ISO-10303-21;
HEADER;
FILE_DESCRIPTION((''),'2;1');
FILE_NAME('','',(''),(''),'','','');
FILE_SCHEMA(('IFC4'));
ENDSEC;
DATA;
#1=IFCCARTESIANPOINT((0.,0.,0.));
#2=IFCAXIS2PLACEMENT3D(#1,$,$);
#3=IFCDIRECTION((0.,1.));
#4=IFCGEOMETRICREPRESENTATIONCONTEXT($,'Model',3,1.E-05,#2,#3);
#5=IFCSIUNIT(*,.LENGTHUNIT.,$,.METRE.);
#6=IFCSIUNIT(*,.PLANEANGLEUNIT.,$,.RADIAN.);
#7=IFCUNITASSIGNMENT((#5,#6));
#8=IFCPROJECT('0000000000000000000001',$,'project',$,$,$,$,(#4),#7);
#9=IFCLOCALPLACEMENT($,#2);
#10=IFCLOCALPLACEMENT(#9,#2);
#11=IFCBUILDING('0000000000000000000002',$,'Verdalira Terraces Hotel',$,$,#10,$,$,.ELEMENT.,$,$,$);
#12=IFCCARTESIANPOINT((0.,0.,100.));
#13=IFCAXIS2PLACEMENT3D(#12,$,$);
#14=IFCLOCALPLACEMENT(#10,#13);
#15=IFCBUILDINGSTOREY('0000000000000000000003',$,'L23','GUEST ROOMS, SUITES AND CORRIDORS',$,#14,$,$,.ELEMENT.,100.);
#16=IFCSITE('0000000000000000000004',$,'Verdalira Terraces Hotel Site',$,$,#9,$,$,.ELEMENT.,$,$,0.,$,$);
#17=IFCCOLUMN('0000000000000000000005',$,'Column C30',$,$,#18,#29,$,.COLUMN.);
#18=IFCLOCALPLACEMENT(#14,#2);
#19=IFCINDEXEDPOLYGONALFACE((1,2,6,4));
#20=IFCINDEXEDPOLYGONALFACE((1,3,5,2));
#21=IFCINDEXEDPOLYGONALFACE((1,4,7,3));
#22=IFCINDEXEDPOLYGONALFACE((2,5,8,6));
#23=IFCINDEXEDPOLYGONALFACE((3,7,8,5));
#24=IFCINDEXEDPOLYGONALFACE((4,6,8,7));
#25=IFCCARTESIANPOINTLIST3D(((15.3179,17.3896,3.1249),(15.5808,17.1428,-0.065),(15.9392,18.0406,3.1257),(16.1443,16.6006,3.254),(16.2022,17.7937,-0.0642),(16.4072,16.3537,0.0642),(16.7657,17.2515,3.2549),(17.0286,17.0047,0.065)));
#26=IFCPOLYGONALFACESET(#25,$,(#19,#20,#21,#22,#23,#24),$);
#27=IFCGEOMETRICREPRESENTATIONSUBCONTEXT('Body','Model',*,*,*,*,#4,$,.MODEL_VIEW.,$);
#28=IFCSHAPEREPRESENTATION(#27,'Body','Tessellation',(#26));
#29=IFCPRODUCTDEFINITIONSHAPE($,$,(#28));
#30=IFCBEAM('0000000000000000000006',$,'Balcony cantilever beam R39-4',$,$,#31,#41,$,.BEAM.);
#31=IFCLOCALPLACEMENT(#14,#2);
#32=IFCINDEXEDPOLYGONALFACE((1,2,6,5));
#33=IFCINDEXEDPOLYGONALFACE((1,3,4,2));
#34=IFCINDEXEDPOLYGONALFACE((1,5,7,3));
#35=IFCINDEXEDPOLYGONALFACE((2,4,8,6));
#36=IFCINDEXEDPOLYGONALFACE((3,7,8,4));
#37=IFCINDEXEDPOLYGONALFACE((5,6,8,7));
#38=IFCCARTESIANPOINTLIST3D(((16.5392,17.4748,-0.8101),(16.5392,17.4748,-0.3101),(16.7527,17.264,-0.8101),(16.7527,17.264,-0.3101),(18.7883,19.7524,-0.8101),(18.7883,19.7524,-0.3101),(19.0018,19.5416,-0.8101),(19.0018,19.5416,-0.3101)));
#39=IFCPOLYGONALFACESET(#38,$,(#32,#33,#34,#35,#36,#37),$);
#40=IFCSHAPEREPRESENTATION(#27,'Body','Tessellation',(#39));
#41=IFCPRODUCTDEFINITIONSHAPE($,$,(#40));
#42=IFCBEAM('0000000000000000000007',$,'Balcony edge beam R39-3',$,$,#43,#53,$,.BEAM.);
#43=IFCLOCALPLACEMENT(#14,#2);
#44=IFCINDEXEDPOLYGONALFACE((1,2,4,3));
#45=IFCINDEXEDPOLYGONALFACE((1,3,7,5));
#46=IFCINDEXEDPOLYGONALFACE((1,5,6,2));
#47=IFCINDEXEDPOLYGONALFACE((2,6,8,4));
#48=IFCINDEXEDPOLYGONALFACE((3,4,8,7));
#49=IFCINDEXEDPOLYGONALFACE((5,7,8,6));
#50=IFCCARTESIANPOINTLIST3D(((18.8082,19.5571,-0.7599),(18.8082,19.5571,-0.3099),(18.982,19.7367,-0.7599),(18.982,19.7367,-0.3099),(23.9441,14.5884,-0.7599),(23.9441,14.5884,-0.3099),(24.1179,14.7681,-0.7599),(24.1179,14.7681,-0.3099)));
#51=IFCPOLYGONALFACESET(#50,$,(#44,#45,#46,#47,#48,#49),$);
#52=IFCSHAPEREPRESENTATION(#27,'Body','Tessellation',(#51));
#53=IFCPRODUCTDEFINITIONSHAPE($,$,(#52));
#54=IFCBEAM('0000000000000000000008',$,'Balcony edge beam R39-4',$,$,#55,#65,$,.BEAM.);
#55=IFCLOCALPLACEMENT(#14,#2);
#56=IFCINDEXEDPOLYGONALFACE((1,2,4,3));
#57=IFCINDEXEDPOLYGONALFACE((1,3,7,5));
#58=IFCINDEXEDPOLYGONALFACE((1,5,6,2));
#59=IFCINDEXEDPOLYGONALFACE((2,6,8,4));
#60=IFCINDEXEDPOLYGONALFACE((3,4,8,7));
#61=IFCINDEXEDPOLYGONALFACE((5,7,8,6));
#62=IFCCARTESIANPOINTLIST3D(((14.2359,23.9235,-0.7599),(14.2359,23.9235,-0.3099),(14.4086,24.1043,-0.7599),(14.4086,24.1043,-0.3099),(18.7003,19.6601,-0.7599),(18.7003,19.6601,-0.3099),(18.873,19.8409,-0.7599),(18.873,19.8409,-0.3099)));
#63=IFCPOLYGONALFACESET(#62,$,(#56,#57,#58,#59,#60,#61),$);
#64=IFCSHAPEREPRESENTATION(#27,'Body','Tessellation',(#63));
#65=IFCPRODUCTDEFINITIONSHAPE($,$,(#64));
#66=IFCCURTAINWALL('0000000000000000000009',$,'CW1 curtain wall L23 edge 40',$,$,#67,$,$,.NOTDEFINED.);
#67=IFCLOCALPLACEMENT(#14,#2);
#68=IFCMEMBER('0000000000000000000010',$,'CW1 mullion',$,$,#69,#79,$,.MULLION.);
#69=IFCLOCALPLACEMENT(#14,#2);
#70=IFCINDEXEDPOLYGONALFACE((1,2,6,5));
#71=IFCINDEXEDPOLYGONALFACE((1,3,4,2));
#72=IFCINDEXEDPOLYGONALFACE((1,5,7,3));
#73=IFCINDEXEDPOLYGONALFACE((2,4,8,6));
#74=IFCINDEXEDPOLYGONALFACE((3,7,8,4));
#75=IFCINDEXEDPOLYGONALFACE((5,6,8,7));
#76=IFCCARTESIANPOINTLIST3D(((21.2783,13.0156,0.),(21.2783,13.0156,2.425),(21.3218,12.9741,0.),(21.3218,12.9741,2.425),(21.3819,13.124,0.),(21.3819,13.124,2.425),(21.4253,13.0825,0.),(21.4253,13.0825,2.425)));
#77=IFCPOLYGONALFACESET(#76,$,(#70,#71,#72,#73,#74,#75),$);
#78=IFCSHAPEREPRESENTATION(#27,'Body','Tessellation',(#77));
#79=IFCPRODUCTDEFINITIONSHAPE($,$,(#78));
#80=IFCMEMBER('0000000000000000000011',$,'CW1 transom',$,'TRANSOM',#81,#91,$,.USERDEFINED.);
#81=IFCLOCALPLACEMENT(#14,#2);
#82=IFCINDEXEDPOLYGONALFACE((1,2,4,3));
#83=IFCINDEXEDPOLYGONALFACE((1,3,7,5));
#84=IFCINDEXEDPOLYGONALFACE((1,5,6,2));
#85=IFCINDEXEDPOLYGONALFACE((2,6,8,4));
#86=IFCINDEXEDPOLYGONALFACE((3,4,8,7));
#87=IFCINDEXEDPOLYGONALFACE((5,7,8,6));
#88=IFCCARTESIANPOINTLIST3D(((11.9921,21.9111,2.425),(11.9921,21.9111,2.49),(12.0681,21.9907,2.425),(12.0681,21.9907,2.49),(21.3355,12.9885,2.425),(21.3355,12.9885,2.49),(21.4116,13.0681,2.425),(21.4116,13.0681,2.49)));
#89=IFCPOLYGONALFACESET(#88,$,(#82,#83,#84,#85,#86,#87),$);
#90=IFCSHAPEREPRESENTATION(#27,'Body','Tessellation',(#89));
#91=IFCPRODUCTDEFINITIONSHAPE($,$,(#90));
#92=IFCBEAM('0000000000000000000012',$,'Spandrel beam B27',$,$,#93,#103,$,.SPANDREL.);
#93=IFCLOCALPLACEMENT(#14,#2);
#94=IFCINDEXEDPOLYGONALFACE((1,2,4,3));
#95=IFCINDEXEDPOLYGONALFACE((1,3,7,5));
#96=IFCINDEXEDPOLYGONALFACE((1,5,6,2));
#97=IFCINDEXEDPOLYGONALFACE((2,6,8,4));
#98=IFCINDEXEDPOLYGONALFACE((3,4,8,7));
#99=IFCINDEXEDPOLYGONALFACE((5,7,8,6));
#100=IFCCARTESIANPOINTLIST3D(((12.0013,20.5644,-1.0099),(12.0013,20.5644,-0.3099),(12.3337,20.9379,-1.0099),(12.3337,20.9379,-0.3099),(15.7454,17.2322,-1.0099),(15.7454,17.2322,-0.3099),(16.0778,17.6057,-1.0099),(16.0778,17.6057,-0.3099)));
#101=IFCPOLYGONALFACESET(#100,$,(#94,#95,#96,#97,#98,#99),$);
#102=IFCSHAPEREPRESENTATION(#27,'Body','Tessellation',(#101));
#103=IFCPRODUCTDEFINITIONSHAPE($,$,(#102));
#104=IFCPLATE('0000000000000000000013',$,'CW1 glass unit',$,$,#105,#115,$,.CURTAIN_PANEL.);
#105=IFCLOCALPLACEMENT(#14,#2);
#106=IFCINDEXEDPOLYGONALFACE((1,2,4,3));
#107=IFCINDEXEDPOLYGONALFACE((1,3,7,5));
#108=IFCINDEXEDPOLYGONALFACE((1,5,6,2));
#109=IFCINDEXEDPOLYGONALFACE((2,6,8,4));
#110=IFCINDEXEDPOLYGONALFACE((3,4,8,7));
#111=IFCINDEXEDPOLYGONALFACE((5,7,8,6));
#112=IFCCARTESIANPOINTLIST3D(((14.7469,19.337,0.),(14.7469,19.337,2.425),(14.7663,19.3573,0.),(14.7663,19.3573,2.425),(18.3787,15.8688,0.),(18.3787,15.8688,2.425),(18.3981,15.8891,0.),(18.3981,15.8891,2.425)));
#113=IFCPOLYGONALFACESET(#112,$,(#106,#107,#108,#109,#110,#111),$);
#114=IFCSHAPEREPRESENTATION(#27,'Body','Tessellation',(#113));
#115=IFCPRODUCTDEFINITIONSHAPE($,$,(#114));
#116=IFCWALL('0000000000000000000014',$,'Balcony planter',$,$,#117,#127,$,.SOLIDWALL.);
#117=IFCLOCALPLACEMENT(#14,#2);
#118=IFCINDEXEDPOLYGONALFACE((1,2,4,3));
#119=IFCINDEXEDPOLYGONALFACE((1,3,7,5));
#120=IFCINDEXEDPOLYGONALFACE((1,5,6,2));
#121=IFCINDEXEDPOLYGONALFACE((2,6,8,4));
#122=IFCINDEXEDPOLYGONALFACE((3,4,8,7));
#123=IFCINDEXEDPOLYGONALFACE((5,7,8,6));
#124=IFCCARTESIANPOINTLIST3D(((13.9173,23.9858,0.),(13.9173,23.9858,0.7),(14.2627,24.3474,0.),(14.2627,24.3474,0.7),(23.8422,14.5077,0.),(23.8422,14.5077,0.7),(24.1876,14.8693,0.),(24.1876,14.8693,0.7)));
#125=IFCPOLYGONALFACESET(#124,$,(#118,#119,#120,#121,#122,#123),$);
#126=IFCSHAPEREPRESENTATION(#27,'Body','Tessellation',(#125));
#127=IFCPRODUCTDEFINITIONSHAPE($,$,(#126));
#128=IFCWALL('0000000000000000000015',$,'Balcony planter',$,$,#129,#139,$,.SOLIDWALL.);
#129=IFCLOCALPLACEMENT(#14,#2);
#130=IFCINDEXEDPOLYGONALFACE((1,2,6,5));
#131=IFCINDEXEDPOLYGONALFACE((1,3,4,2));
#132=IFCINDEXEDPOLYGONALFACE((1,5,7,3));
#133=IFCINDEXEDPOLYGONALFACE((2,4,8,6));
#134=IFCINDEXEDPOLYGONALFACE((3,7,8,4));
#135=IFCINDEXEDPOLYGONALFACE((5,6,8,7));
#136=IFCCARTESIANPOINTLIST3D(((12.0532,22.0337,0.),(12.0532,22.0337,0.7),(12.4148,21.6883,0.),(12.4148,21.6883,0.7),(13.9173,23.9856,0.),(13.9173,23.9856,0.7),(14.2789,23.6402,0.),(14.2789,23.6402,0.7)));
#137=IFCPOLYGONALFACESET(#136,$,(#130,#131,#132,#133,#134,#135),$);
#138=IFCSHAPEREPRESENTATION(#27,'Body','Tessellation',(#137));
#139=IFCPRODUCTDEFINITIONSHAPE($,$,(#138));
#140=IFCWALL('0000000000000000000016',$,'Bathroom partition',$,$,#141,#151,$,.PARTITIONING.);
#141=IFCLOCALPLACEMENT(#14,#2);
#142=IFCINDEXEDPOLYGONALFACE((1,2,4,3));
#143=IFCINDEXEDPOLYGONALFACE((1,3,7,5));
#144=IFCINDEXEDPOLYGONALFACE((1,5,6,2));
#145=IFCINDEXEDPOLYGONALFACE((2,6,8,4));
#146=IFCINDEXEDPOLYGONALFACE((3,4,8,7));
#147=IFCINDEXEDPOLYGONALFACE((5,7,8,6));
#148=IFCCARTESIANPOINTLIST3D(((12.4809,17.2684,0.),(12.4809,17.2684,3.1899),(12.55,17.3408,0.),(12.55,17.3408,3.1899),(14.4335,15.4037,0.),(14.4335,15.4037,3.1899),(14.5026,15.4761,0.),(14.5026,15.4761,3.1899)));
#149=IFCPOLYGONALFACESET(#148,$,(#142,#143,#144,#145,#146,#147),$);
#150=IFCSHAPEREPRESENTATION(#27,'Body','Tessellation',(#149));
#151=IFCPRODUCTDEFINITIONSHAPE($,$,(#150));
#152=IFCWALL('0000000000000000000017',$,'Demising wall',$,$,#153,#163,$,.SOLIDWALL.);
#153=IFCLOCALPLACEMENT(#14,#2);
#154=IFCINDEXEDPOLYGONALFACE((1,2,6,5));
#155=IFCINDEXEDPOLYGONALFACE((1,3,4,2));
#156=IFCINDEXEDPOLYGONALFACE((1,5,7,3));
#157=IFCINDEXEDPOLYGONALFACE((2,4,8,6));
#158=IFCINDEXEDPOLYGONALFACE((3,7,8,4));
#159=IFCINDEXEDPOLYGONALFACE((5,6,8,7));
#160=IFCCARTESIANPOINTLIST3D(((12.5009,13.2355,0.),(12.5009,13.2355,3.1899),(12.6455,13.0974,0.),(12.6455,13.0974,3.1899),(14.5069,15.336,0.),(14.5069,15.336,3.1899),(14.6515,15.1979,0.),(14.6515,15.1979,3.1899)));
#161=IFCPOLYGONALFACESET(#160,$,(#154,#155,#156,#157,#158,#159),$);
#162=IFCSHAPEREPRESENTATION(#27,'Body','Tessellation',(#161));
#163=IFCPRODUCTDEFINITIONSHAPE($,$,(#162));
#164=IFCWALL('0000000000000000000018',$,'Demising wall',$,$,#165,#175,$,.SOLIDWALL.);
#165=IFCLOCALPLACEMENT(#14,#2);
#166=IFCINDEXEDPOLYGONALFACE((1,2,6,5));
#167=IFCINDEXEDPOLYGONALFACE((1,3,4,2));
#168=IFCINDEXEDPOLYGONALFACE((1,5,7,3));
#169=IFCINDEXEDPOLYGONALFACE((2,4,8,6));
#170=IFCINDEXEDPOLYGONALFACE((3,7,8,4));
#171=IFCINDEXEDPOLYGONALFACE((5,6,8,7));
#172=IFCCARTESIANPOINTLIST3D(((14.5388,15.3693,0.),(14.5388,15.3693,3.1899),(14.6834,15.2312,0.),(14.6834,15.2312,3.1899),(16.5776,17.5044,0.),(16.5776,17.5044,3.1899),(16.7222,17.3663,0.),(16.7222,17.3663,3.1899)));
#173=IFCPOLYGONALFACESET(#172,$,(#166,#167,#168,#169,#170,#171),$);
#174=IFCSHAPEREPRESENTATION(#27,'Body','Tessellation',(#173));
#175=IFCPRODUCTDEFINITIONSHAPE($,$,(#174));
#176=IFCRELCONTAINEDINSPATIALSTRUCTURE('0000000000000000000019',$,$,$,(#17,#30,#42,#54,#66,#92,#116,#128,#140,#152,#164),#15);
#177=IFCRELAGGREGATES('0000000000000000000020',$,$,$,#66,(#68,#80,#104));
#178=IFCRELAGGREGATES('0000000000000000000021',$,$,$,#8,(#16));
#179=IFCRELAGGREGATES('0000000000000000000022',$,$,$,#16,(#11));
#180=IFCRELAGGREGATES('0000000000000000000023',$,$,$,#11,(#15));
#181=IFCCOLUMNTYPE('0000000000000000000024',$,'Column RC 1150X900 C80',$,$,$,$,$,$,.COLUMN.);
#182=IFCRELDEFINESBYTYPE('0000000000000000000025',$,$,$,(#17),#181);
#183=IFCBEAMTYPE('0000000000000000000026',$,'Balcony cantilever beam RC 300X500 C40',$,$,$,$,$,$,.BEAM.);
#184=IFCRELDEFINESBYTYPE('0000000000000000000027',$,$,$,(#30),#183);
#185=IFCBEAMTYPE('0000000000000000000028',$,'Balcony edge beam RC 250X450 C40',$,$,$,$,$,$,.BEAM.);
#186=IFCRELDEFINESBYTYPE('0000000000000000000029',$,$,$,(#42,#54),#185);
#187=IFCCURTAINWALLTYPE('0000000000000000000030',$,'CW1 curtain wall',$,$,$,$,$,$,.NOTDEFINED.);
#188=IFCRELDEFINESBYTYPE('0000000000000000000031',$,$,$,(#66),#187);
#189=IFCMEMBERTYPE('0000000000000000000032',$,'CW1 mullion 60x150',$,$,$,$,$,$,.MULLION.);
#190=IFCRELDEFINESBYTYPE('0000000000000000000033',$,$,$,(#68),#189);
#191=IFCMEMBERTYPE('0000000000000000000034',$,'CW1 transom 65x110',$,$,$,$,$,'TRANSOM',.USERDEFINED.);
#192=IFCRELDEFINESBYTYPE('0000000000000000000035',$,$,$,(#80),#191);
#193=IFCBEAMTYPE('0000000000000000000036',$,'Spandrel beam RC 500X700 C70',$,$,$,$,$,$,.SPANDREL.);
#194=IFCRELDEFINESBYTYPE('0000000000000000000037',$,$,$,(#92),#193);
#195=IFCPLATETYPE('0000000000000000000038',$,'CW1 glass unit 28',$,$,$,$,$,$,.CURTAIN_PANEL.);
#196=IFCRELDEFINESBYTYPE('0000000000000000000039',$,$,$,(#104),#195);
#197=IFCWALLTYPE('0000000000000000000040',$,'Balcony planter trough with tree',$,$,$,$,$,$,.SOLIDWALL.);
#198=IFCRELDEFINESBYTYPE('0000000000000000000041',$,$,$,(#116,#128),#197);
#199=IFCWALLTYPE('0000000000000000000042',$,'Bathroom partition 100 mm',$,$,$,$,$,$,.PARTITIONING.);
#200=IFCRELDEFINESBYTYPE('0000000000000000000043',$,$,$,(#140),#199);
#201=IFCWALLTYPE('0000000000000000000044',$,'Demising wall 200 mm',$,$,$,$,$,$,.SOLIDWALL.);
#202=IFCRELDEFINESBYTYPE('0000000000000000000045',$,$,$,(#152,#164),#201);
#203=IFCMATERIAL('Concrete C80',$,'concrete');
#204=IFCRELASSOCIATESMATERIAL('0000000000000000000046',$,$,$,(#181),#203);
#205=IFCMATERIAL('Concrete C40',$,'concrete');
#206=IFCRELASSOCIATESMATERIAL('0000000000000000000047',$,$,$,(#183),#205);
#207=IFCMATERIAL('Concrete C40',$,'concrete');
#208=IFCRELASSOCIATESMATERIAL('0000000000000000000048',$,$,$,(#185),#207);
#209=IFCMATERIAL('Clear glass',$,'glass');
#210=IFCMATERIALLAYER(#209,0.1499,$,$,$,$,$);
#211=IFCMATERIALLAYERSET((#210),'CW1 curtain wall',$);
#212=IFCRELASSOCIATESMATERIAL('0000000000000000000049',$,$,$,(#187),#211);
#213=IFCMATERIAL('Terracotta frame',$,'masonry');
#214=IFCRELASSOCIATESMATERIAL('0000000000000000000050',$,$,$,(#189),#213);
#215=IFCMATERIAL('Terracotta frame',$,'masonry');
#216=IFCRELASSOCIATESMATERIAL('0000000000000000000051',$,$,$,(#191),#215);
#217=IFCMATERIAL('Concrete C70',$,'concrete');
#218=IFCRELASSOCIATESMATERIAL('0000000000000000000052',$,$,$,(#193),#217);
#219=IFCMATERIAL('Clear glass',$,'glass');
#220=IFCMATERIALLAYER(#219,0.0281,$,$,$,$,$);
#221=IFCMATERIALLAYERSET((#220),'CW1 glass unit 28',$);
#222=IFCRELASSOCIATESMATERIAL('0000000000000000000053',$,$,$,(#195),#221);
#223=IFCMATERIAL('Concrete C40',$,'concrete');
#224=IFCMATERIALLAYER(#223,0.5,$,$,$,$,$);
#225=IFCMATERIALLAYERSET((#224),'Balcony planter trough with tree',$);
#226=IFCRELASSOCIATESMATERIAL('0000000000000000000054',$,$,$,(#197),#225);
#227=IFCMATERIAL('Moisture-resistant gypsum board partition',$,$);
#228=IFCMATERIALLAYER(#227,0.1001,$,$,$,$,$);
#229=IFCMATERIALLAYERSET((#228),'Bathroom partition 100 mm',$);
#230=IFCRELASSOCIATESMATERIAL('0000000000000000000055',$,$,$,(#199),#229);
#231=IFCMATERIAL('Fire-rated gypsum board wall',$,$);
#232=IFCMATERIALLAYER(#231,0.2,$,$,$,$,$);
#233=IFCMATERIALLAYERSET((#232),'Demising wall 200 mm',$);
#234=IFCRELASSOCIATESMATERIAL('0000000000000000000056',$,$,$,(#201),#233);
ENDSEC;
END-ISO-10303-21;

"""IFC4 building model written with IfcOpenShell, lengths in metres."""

from ifc_helpers import new_model, si_unit, direction, frame, frame_2d, origin, origin_2d, place, context, subcontext, project, spatial, rectangle, extrude, material, layer, layer_set, material_profile, profile_set, type_object, element, aggregate, save


model = new_model("IFC4")

# Units and contexts
model_context = context("Model", 3, precision=1e-05, world=origin(), true_north=direction((0.0, 1.0)))
body_context = subcontext(model_context, "Body", "Model", "MODEL_VIEW")
ifc_project = project(units=[si_unit("LENGTHUNIT", "METRE"), si_unit("PLANEANGLEUNIT", "RADIAN")], contexts=[model_context])

# Site, building, storey
site_placement = place(None, origin())
site = spatial("IfcSite", under=ifc_project, at=site_placement, Name="Verdalira Terraces Hotel Site", CompositionType="ELEMENT", RefElevation=0.0)
building_placement = place(site_placement, origin())
building = spatial("IfcBuilding", under=site, at=building_placement, Name="Verdalira Terraces Hotel", CompositionType="ELEMENT")
storey_placement = place(building_placement, frame((0.0, 0.0, 100.0)))
storey = spatial("IfcBuildingStorey", under=building, at=storey_placement, Name="L23", Description="GUEST ROOMS, SUITES AND CORRIDORS", CompositionType="ELEMENT", Elevation=100.0)

# Column
ifc_material_1 = material(Name="Concrete C80", Category="concrete")
ifc_material_profile_1 = material_profile(ifc_material_1, rectangle(XDim=1.1499, YDim=0.8999, at=origin_2d()), Name="RC 1150X900")
ifc_profile_set_1 = profile_set([ifc_material_profile_1], Name="Concrete C80")
column_type = type_object("IfcColumnType", Name="Column RC 1150X900 C80", PredefinedType="COLUMN", material=ifc_profile_set_1)
column_placement = place(storey_placement, frame((16.3047, 17.0737, 0.0), z_axis=(-0.081906, 0.076887, 0.99367), x_axis=(-0.718682, 0.686205, -0.112335)))
element("IfcColumn", 1, at=column_placement, inside=storey, type_object=column_type, Name="Column C30", PredefinedType="COLUMN", context=body_context, shape_type="SweptSolid", body=[
    extrude(rectangle(XDim=1.1499, YDim=0.8999, at=origin_2d()), origin(), (0.0, 0.0, 1.0), 3.2102),
])

# Beams
ifc_material_2 = material(Name="Concrete C40", Category="concrete")
ifc_material_profile_2 = material_profile(ifc_material_2, rectangle(XDim=0.3, YDim=0.5, at=origin_2d()), Name="RC 300X500")
ifc_profile_set_2 = profile_set([ifc_material_profile_2], Name="Concrete C40")
beam_type_1 = type_object("IfcBeamType", Name="Balcony cantilever beam RC 300X500 C40", PredefinedType="BEAM", material=ifc_profile_set_2)
beam_1_placement = place(storey_placement, frame((16.646, 17.3694, -0.5601), z_axis=(0.702631, 0.711555, 0.0), x_axis=(-0.711555, 0.702631, 0.0)))
element("IfcBeam", 2, at=beam_1_placement, inside=storey, type_object=beam_type_1, Name="Balcony cantilever beam R39-4", PredefinedType="BEAM", context=body_context, shape_type="SweptSolid", body=[
    extrude(rectangle(XDim=0.3, YDim=0.5, at=origin_2d()), origin(), (0.0, 0.0, 1.0), 3.2009),
])
ifc_material_3 = material(Name="Concrete C40", Category="concrete")
ifc_material_profile_3 = material_profile(ifc_material_3, rectangle(XDim=0.25, YDim=0.45, at=origin_2d()), Name="RC 250X450")
ifc_profile_set_3 = profile_set([ifc_material_profile_3], Name="Concrete C40")
beam_type_2 = type_object("IfcBeamType", Name="Balcony edge beam RC 250X450 C40", PredefinedType="BEAM", material=ifc_profile_set_3)
beam_2_placement = place(storey_placement, frame((24.031, 14.6782, -0.5349), z_axis=(-0.718711, 0.695309, 0.0), x_axis=(-0.695309, -0.718711, 0.0)))
element("IfcBeam", 3, at=beam_2_placement, inside=storey, type_object=beam_type_2, Name="Balcony edge beam R39-3", PredefinedType="BEAM", context=body_context, shape_type="SweptSolid", body=[
    extrude(rectangle(XDim=0.25, YDim=0.45, at=origin_2d()), origin(), (0.0, 0.0, 1.0), 7.146),
])
beam_3_placement = place(storey_placement, frame((18.7866, 19.7505, -0.5349), z_axis=(-0.723194, 0.690645, 0.0), x_axis=(-0.690645, -0.723194, 0.0)))
element("IfcBeam", 4, at=beam_3_placement, inside=storey, type_object=beam_type_2, Name="Balcony edge beam R39-4", PredefinedType="BEAM", context=body_context, shape_type="SweptSolid", body=[
    extrude(rectangle(XDim=0.25, YDim=0.45, at=origin_2d()), origin(), (0.0, 0.0, 1.0), 6.1731),
])

# Curtain wall, members
ifc_material_4 = material(Name="Clear glass", Category="glass")
ifc_layer_1 = layer(ifc_material_4, 0.1499)
ifc_layer_set_1 = layer_set([ifc_layer_1], Name="CW1 curtain wall")
curtain_wall_type = type_object("IfcCurtainWallType", Name="CW1 curtain wall", PredefinedType="NOTDEFINED", material=ifc_layer_set_1)
curtain_wall_placement = place(storey_placement, origin())
curtain_wall = element("IfcCurtainWall", 5, at=curtain_wall_placement, inside=storey, type_object=curtain_wall_type, Name="CW1 curtain wall L23 edge 40", PredefinedType="NOTDEFINED")
ifc_material_5 = material(Name="Terracotta frame", Category="masonry")
ifc_material_profile_4 = material_profile(ifc_material_5, rectangle(XDim=0.0601, YDim=0.1499, at=origin_2d()), Name="MU 60x150")
ifc_profile_set_4 = profile_set([ifc_material_profile_4], Name="Terracotta frame")
member_type_1 = type_object("IfcMemberType", Name="CW1 mullion 60x150", PredefinedType="MULLION", material=ifc_profile_set_4)
member_1_placement = place(storey_placement, frame((21.3518, 13.0491, 0.0), z_axis=(0.0, 0.0, 1.0), x_axis=(-0.723208, 0.69063, 0.0)))
member_1 = element("IfcMember", 6, at=member_1_placement, type_object=member_type_1, Name="CW1 mullion", PredefinedType="MULLION", context=body_context, shape_type="SweptSolid", body=[
    extrude(rectangle(XDim=0.0601, YDim=0.1499, at=origin_2d()), origin(), (0.0, 0.0, 1.0), 2.425),
])
ifc_material_6 = material(Name="Terracotta frame", Category="masonry")
ifc_material_profile_5 = material_profile(ifc_material_6, rectangle(XDim=0.1101, YDim=0.0649, at=origin_2d()), Name="TR 65x110")
ifc_profile_set_5 = profile_set([ifc_material_profile_5], Name="Terracotta frame")
member_type_2 = type_object("IfcMemberType", Name="CW1 transom 65x110", ElementType="TRANSOM", PredefinedType="USERDEFINED", material=ifc_profile_set_5)
member_2_placement = place(storey_placement, frame((21.3735, 13.0283, 2.4575), z_axis=(-0.723208, 0.69063, 0.0), x_axis=(-0.69063, -0.723208, 0.0)))
member_2 = element("IfcMember", 7, at=member_2_placement, type_object=member_type_2, Name="CW1 transom", ObjectType="TRANSOM", PredefinedType="USERDEFINED", context=body_context, shape_type="SweptSolid", body=[
    extrude(rectangle(XDim=0.1101, YDim=0.0649, at=origin_2d()), origin(), (0.0, 0.0, 1.0), 12.9194),
])

# Beam
ifc_material_7 = material(Name="Concrete C70", Category="concrete")
ifc_material_profile_6 = material_profile(ifc_material_7, rectangle(XDim=0.5, YDim=0.7, at=origin_2d()), Name="RC 500X700")
ifc_profile_set_6 = profile_set([ifc_material_profile_6], Name="Concrete C70")
beam_type_3 = type_object("IfcBeamType", Name="Spandrel beam RC 500X700 C70", PredefinedType="SPANDREL", material=ifc_profile_set_6)
beam_4_placement = place(storey_placement, frame((15.9116, 17.4189, -0.6599), z_axis=(-0.746998, 0.664826, 0.0), x_axis=(-0.664826, -0.746998, 0.0)))
element("IfcBeam", 8, at=beam_4_placement, inside=storey, type_object=beam_type_3, Name="Spandrel beam B27", PredefinedType="SPANDREL", context=body_context, shape_type="SweptSolid", body=[
    extrude(rectangle(XDim=0.5, YDim=0.7, at=origin_2d()), origin(), (0.0, 0.0, 1.0), 5.0122),
])

# Plate
ifc_material_8 = material(Name="Clear glass", Category="glass")
ifc_layer_2 = layer(ifc_material_8, 0.0281)
ifc_layer_set_2 = layer_set([ifc_layer_2], Name="CW1 glass unit 28")
plate_type = type_object("IfcPlateType", Name="CW1 glass unit 28", PredefinedType="CURTAIN_PANEL", material=ifc_layer_set_2)
plate_placement = place(storey_placement, frame((16.5725, 17.613, 0.0), z_axis=(0.0, 0.0, 1.0), x_axis=(-0.723208, 0.69063, 0.0)))
plate = element("IfcPlate", 9, at=plate_placement, type_object=plate_type, Name="CW1 glass unit", PredefinedType="CURTAIN_PANEL", context=body_context, shape_type="SweptSolid", body=[
    extrude(rectangle(XDim=5.0217, YDim=0.0281, at=origin_2d()), origin(), (0.0, 0.0, 1.0), 2.425),
])
aggregate(curtain_wall, [member_1, member_2, plate])

# Walls
ifc_material_9 = material(Name="Concrete C40", Category="concrete")
ifc_layer_3 = layer(ifc_material_9, 0.5)
ifc_layer_set_3 = layer_set([ifc_layer_3], Name="Balcony planter trough with tree")
wall_type_1 = type_object("IfcWallType", Name="Balcony planter trough with tree", PredefinedType="SOLIDWALL", material=ifc_layer_set_3)
wall_1_placement = place(storey_placement, frame((24.0149, 14.6885, 0.0), z_axis=(0.0, 0.0, 1.0), x_axis=(-0.723197, 0.690642, 0.0)))
element("IfcWall", 10, at=wall_1_placement, inside=storey, type_object=wall_type_1, Name="Balcony planter", PredefinedType="SOLIDWALL", context=body_context, shape_type="SweptSolid", body=[
    extrude(rectangle(XDim=13.7236, YDim=0.5, at=frame_2d((6.8618, 0.0))), origin(), (0.0, 0.0, 1.0), 0.7),
])
wall_2_placement = place(storey_placement, frame((14.0981, 23.813, 0.0), z_axis=(0.0, 0.0, 1.0), x_axis=(-0.690637, -0.723202, 0.0)))
element("IfcWall", 11, at=wall_2_placement, inside=storey, type_object=wall_type_1, Name="Balcony planter", PredefinedType="SOLIDWALL", context=body_context, shape_type="SweptSolid", body=[
    extrude(rectangle(XDim=2.699, YDim=0.5, at=frame_2d((1.3496, 0.0))), origin(), (0.0, 0.0, 1.0), 0.7),
])
ifc_material_10 = material(Name="Moisture-resistant gypsum board partition")
ifc_layer_4 = layer(ifc_material_10, 0.1001)
ifc_layer_set_4 = layer_set([ifc_layer_4], Name="Bathroom partition 100 mm")
wall_type_2 = type_object("IfcWallType", Name="Bathroom partition 100 mm", PredefinedType="PARTITIONING", material=ifc_layer_set_4)
wall_3_placement = place(storey_placement, frame((12.5154, 17.3047, 0.0), z_axis=(0.0, 0.0, 1.0), x_axis=(0.723195, -0.690643, 0.0)))
element("IfcWall", 12, at=wall_3_placement, inside=storey, type_object=wall_type_2, Name="Bathroom partition", PredefinedType="PARTITIONING", context=body_context, shape_type="SweptSolid", body=[
    extrude(rectangle(XDim=2.7, YDim=0.1001, at=frame_2d((1.3501, 0.0))), origin(), (0.0, 0.0, 1.0), 3.1899),
])
ifc_material_11 = material(Name="Fire-rated gypsum board wall")
ifc_layer_5 = layer(ifc_material_11, 0.2)
ifc_layer_set_5 = layer_set([ifc_layer_5], Name="Demising wall 200 mm")
wall_type_3 = type_object("IfcWallType", Name="Demising wall 200 mm", PredefinedType="SOLIDWALL", material=ifc_layer_set_5)
wall_4_placement = place(storey_placement, frame((12.5732, 13.1665, 0.0), z_axis=(0.0, 0.0, 1.0), x_axis=(0.690656, 0.723184, 0.0)))
element("IfcWall", 13, at=wall_4_placement, inside=storey, type_object=wall_type_3, Name="Demising wall", PredefinedType="SOLIDWALL", context=body_context, shape_type="SweptSolid", body=[
    extrude(rectangle(XDim=2.9045, YDim=0.2, at=frame_2d((1.4521, 0.0))), origin(), (0.0, 0.0, 1.0), 3.1899),
])
wall_5_placement = place(storey_placement, frame((14.6111, 15.3003, 0.0), z_axis=(0.0, 0.0, 1.0), x_axis=(0.690627, 0.723211, 0.0)))
element("IfcWall", 14, at=wall_5_placement, inside=storey, type_object=wall_type_3, Name="Demising wall", PredefinedType="SOLIDWALL", context=body_context, shape_type="SweptSolid", body=[
    extrude(rectangle(XDim=2.9521, YDim=0.2, at=frame_2d((1.4761, 0.0))), origin(), (0.0, 0.0, 1.0), 3.1899),
])

save(model, "model.ifc")
